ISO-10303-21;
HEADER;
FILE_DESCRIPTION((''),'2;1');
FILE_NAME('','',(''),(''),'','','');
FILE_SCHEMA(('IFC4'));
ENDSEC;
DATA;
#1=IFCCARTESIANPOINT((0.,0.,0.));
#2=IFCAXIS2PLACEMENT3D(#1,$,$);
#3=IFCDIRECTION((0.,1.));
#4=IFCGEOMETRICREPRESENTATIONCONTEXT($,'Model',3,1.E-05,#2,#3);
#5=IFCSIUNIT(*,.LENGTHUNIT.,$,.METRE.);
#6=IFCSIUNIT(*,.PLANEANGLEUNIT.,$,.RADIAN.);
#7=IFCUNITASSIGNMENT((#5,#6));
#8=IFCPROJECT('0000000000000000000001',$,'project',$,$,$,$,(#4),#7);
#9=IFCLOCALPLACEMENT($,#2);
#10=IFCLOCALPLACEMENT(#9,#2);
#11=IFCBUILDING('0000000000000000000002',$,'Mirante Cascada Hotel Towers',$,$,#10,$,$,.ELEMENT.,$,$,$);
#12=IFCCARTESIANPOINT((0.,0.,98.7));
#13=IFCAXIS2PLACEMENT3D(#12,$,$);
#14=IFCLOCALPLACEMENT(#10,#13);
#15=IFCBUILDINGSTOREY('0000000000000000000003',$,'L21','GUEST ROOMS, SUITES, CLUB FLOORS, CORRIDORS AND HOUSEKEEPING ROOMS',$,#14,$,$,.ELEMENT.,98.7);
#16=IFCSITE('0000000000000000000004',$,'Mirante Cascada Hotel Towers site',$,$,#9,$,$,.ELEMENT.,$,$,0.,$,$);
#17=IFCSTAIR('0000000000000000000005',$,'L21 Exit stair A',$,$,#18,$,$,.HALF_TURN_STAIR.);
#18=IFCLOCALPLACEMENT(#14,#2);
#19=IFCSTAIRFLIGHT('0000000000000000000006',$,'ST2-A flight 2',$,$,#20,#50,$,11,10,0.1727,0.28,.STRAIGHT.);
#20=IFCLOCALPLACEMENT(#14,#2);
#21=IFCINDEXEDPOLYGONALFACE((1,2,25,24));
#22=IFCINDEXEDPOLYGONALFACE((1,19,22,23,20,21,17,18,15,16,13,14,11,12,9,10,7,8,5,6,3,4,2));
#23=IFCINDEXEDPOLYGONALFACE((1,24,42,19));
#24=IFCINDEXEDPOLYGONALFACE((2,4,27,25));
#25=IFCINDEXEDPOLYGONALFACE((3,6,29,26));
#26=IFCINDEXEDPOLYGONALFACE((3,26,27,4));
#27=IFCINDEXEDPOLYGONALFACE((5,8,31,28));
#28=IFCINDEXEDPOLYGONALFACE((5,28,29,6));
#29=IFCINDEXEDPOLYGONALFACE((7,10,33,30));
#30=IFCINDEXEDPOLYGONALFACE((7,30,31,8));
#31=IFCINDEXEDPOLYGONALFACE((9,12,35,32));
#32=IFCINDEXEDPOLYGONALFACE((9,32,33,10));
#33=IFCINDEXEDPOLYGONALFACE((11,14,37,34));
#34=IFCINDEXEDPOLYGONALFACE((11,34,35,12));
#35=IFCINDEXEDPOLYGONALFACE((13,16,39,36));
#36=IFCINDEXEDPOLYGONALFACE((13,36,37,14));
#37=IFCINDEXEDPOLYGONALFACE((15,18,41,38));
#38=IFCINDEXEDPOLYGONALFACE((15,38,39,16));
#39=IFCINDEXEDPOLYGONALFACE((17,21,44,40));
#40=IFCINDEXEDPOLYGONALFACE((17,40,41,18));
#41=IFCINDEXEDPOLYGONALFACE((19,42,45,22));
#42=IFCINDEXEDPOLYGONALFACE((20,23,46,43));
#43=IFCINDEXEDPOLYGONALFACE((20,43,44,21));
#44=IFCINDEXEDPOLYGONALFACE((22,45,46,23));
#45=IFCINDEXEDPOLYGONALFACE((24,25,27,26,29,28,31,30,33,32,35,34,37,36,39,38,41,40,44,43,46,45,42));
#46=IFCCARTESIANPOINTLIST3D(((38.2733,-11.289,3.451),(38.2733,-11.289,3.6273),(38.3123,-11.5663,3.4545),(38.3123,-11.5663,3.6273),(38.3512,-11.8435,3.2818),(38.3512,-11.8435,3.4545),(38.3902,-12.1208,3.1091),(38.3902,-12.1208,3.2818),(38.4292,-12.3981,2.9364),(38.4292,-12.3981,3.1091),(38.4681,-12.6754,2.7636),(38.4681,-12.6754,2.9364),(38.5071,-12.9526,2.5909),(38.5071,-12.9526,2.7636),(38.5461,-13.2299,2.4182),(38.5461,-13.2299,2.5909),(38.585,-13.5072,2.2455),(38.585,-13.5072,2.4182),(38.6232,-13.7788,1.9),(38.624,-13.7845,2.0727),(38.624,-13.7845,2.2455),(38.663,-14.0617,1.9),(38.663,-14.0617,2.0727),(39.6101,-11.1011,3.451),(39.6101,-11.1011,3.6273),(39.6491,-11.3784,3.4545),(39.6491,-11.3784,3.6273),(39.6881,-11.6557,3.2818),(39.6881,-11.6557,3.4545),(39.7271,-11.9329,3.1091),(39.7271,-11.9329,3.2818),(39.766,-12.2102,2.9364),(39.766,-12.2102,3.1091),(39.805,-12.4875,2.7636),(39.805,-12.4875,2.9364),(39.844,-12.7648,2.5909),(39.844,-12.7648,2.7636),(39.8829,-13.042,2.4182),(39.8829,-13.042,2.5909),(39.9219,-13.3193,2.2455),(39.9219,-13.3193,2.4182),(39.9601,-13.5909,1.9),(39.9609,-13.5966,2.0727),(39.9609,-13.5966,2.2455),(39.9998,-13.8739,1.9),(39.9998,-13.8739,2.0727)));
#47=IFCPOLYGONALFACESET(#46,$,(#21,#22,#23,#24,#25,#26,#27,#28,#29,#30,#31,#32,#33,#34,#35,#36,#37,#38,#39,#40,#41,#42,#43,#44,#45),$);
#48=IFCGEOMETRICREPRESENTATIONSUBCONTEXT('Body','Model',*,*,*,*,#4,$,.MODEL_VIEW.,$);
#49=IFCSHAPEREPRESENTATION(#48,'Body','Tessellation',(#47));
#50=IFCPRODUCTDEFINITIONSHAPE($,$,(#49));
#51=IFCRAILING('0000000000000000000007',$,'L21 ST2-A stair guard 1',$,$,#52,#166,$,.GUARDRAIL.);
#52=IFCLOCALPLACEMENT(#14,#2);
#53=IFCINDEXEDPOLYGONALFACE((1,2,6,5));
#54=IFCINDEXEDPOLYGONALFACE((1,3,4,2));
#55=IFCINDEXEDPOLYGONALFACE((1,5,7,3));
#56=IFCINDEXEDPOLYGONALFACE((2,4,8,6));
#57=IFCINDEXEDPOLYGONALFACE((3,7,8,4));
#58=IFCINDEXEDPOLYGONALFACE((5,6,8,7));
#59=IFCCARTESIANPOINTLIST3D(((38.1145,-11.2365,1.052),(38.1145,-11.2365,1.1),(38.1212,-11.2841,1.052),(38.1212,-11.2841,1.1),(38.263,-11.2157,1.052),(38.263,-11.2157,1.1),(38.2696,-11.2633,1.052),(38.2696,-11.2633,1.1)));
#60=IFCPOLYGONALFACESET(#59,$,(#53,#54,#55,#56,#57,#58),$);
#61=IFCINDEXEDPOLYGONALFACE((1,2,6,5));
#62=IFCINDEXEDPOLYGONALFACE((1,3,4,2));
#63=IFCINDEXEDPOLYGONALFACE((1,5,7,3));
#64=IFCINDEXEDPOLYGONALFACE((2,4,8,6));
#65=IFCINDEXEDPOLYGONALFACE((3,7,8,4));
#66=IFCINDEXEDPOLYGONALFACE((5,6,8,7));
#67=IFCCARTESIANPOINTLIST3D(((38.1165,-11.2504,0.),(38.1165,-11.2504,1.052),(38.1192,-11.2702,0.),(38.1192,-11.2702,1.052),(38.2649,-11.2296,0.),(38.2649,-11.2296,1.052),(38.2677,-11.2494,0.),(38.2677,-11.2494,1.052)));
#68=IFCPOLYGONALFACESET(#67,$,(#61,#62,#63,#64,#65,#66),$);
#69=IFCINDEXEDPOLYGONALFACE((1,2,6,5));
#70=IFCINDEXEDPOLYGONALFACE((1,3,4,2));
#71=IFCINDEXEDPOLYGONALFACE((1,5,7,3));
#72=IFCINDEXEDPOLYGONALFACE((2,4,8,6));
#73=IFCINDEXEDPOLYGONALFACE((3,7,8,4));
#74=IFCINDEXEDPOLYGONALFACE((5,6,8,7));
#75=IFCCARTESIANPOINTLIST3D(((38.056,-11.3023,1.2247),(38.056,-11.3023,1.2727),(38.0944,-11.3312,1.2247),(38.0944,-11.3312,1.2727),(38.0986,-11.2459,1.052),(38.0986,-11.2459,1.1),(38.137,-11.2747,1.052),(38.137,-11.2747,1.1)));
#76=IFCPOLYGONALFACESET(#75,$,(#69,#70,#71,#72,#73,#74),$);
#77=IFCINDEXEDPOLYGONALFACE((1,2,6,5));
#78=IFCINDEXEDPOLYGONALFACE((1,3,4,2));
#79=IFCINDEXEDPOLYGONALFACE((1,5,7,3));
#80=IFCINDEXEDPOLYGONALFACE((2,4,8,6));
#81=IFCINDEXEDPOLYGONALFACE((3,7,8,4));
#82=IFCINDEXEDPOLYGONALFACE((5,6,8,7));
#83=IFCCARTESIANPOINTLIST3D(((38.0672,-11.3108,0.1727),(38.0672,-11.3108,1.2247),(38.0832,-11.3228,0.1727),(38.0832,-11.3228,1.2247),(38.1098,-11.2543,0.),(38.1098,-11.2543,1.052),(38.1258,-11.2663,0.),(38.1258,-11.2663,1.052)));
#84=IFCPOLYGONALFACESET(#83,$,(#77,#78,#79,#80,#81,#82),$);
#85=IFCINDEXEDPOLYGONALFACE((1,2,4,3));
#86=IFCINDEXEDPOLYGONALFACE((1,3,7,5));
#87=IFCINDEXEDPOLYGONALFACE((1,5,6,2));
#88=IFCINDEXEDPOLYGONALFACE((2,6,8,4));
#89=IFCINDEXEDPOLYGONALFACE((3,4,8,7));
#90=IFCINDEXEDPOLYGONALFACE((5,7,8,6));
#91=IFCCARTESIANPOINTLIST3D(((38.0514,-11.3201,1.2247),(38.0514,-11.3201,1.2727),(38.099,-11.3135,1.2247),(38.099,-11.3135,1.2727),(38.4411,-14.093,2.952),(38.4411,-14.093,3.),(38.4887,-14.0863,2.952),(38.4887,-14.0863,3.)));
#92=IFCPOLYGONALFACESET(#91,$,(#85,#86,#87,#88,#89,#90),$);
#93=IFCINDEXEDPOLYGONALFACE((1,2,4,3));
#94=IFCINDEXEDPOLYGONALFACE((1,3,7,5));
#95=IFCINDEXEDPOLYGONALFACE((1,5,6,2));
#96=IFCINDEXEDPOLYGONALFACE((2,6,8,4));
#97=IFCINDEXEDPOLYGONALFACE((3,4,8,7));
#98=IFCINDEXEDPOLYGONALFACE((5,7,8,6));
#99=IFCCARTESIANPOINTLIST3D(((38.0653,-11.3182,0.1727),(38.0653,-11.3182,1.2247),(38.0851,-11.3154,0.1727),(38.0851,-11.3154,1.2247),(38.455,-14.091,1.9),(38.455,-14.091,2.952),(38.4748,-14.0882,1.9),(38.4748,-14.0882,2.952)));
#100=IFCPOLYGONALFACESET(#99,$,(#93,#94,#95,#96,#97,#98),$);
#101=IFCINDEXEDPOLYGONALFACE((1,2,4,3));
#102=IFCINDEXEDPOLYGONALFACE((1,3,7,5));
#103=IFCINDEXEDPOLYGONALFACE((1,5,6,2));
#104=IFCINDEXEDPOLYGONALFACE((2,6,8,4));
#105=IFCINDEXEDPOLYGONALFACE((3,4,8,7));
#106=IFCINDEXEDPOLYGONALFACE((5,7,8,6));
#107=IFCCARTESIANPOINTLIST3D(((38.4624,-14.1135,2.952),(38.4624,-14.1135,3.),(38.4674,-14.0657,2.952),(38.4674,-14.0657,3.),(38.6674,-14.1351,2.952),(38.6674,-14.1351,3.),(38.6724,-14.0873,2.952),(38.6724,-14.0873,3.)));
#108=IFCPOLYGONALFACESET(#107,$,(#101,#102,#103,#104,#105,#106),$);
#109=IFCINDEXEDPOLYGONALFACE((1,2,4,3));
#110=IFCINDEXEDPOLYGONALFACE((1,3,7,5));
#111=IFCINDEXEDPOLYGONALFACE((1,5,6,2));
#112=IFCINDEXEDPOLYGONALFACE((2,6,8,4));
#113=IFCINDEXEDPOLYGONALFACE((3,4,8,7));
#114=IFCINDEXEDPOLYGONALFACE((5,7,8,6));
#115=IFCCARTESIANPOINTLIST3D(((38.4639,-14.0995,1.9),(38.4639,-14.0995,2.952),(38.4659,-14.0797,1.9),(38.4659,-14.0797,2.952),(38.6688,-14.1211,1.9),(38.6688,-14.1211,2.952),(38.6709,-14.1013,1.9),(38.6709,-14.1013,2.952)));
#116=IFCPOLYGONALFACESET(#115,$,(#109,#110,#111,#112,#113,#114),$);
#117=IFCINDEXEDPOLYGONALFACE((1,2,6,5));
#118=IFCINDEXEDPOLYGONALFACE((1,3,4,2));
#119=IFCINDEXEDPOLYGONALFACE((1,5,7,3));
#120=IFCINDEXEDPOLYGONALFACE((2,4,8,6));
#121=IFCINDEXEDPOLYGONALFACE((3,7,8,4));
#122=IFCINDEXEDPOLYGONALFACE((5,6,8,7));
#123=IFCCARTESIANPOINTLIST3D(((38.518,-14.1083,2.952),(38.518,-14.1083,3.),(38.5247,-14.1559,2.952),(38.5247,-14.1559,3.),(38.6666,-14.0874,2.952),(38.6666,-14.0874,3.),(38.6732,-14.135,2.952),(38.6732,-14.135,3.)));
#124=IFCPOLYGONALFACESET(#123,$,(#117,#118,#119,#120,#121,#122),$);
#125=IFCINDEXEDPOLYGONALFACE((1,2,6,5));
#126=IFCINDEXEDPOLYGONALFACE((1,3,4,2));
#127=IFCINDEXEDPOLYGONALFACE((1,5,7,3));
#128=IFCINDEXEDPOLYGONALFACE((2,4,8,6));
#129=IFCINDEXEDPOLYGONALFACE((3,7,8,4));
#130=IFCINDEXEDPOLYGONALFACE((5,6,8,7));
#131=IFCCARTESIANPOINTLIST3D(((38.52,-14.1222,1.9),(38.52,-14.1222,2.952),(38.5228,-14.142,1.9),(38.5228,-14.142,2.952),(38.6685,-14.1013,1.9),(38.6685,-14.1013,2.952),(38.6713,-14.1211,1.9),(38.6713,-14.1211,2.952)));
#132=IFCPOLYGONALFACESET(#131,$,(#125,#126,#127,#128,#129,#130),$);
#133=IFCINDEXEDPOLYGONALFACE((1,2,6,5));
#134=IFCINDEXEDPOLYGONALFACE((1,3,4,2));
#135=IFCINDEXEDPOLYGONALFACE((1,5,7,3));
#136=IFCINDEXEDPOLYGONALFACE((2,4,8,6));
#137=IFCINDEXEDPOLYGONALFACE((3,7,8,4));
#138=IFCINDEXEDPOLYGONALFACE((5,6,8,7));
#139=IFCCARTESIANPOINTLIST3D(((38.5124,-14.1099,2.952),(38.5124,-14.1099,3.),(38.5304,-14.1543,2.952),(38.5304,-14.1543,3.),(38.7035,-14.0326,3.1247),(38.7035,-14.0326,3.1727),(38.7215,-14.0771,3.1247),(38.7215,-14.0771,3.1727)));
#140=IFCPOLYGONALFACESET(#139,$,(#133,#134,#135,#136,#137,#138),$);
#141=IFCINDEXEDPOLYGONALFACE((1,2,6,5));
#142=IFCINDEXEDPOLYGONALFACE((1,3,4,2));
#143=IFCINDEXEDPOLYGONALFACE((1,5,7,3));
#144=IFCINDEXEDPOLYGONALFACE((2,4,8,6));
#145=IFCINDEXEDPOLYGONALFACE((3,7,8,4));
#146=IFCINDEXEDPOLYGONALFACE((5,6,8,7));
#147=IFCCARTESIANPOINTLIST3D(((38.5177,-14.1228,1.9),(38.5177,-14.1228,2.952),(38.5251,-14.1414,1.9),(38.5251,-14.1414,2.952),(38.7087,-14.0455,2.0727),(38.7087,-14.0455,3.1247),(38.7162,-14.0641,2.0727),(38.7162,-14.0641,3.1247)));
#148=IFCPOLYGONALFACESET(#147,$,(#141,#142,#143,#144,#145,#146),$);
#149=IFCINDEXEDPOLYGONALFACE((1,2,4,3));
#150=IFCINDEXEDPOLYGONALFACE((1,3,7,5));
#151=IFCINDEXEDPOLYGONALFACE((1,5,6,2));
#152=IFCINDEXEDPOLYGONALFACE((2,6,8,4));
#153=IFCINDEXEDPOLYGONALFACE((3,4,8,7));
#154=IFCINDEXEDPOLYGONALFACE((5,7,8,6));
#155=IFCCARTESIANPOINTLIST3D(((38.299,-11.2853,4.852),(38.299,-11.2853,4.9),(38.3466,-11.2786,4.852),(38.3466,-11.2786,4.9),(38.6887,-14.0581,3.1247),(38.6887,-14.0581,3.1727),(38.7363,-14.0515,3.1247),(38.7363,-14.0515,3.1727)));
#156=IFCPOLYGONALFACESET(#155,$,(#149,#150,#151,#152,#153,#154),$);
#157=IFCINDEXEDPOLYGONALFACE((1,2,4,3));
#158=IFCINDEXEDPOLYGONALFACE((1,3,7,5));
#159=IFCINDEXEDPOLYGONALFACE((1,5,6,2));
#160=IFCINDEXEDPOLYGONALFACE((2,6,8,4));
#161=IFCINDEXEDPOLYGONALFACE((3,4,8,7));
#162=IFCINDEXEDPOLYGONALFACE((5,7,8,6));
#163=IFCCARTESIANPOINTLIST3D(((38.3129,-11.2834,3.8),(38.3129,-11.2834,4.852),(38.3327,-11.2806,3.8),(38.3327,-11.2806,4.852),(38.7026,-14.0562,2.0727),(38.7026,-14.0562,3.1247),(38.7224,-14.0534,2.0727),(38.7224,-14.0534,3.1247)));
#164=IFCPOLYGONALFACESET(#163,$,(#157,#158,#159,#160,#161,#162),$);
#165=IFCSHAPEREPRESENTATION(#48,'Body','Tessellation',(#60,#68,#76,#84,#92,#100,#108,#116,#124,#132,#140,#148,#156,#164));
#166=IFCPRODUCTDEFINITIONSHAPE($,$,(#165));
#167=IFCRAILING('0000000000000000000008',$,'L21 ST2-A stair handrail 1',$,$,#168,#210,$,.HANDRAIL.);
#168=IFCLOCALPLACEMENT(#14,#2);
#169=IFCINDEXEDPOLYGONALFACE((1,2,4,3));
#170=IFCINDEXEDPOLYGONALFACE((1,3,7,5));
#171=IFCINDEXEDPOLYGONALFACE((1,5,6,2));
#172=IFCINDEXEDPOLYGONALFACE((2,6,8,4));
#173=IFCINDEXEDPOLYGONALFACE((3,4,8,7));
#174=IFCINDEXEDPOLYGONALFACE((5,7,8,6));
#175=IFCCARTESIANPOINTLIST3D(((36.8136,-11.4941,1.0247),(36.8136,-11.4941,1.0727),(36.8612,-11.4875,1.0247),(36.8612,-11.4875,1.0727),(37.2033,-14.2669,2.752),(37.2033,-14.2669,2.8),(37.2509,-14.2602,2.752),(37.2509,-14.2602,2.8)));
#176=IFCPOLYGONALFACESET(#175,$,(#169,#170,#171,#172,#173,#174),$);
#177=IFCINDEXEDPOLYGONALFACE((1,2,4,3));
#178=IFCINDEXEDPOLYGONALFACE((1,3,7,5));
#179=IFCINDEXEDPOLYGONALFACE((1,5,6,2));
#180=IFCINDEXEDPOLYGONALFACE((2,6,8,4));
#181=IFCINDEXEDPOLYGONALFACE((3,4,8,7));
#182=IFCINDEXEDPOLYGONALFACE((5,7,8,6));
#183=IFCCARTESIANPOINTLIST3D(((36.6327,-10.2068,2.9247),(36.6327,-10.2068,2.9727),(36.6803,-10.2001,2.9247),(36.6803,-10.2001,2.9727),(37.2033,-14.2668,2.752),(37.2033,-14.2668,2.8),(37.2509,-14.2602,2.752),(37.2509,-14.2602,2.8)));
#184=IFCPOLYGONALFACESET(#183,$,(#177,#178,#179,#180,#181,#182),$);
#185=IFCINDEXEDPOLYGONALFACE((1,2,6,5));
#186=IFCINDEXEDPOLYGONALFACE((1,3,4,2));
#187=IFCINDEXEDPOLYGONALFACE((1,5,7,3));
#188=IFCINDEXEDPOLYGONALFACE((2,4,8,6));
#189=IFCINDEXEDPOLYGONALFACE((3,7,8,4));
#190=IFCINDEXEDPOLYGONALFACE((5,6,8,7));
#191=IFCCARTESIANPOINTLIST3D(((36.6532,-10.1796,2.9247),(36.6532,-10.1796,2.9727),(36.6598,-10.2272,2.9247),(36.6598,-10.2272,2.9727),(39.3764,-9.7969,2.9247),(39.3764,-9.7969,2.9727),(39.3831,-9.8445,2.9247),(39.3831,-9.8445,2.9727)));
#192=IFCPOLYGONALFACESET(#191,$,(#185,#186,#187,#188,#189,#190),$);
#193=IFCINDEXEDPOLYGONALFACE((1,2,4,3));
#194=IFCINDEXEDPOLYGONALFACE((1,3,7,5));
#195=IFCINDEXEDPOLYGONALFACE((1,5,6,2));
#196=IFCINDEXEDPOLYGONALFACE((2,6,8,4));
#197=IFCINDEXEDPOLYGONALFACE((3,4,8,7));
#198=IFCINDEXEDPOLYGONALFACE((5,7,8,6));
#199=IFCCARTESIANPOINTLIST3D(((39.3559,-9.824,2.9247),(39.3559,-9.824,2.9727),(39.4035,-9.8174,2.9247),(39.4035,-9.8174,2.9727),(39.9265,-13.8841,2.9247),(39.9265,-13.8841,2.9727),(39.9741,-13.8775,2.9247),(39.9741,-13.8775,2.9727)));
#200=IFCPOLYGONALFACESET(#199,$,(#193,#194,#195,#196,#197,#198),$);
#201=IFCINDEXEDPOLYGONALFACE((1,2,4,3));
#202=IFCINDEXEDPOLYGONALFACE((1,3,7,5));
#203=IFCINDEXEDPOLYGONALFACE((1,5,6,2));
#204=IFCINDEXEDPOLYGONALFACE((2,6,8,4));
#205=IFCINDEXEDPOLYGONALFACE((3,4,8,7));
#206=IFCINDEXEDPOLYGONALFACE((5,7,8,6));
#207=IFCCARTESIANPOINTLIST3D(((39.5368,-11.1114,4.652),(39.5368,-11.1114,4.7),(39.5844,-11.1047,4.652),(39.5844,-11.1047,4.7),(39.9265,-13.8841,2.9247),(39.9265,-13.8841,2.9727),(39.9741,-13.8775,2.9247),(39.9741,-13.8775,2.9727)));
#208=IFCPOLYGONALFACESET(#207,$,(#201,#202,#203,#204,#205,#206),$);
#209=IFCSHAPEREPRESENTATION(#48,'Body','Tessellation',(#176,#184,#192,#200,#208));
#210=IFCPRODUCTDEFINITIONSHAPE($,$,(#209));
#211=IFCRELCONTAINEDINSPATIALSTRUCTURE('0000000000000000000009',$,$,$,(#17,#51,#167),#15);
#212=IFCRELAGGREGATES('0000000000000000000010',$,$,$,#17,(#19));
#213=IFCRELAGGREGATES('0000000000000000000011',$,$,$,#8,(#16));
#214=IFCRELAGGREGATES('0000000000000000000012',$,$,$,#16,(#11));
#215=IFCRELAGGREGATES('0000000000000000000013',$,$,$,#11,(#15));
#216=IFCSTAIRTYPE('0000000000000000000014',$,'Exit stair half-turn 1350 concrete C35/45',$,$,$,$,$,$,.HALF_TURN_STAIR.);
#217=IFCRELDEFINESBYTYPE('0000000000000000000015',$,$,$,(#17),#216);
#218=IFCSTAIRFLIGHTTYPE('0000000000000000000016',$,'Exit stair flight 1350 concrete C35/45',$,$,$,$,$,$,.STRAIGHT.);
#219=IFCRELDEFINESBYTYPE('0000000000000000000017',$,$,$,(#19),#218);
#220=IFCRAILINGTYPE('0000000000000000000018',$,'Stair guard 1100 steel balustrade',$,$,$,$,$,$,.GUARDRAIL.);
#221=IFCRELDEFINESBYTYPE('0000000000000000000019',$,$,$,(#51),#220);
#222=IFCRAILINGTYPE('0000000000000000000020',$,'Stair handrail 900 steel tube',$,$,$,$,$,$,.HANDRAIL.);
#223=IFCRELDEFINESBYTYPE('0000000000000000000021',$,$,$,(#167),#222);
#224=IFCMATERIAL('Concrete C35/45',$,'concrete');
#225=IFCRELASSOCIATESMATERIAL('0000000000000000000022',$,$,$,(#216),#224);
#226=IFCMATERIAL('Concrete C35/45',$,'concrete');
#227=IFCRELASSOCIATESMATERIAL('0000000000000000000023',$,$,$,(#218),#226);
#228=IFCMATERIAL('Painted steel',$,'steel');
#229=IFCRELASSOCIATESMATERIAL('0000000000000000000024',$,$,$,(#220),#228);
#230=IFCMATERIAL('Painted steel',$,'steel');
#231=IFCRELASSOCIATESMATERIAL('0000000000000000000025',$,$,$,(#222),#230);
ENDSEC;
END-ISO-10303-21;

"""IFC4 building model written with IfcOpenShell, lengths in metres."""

from ifc_helpers import new_model, si_unit, direction, frame, origin, origin_2d, place, context, subcontext, project, spatial, polyline, rectangle, outline, extrude, material, type_object, element, aggregate, save


model = new_model("IFC4")

# Units and contexts
model_context = context("Model", 3, precision=1e-05, world=origin(), true_north=direction((0.0, 1.0)))
body_context = subcontext(model_context, "Body", "Model", "MODEL_VIEW")
ifc_project = project(units=[si_unit("LENGTHUNIT", "METRE"), si_unit("PLANEANGLEUNIT", "RADIAN")], contexts=[model_context])

# Site, building, storey
site_placement = place(None, origin())
site = spatial("IfcSite", under=ifc_project, at=site_placement, Name="Mirante Cascada Hotel Towers site", CompositionType="ELEMENT", RefElevation=0.0)
building_placement = place(site_placement, origin())
building = spatial("IfcBuilding", under=site, at=building_placement, Name="Mirante Cascada Hotel Towers", CompositionType="ELEMENT")
storey_placement = place(building_placement, frame((0.0, 0.0, 98.7)))
storey = spatial("IfcBuildingStorey", under=building, at=storey_placement, Name="L21", Description="GUEST ROOMS, SUITES, CLUB FLOORS, CORRIDORS AND HOUSEKEEPING ROOMS", CompositionType="ELEMENT", Elevation=98.7)

# Stair, stair flight
ifc_material_1 = material(Name="Concrete C35/45", Category="concrete")
stair_type = type_object("IfcStairType", Name="Exit stair half-turn 1350 concrete C35/45", PredefinedType="HALF_TURN_STAIR", material=ifc_material_1)
stair_placement = place(storey_placement, origin())
stair = element("IfcStair", 1, at=stair_placement, inside=storey, type_object=stair_type, Name="L21 Exit stair A", PredefinedType="HALF_TURN_STAIR")
ifc_material_2 = material(Name="Concrete C35/45", Category="concrete")
stair_flight_type = type_object("IfcStairFlightType", Name="Exit stair flight 1350 concrete C35/45", PredefinedType="STRAIGHT", material=ifc_material_2)
stair_flight_1_placement = place(storey_placement, frame((39.3314, -13.9678, 1.9), z_axis=(0.0, 0.0, 1.0), x_axis=(-0.139173, 0.990268, 0.0)))
stair_flight_1 = element("IfcStairFlight", 2, at=stair_flight_1_placement, type_object=stair_flight_type, Name="ST2-A flight 2", NumberOfRisers=11, NumberOfTreads=10, PredefinedType="STRAIGHT", RiserHeight=0.1727, TreadLength=0.28, context=body_context, shape_type="SweptSolid", body=[
    extrude(outline(polyline([(0.0, 0.0), (0.0, 0.1727), (0.28, 0.1727), (0.28, 0.3455), (0.56, 0.3455), (0.56, 0.5182), (0.84, 0.5182), (0.84, 0.6909), (1.12, 0.6909), (1.12, 0.8636), (1.4, 0.8636), (1.4, 1.0364), (1.68, 1.0364), (1.68, 1.2091), (1.96, 1.2091), (1.96, 1.3818), (2.24, 1.3818), (2.24, 1.5545), (2.52, 1.5545), (2.52, 1.7273), (2.8, 1.7273), (2.8, 1.9), (2.8, 1.551), (0.2857, 0.0), (0.0, 0.0)])), frame((0.0, 0.675, 0.0), z_axis=(0.0, -1.0, 0.0), x_axis=(1.0, 0.0, 0.0)), (0.0, 0.0, 1.0), 1.35),
])
aggregate(stair, [stair_flight_1])

# Railings
ifc_material_3 = material(Name="Painted steel", Category="steel")
railing_type_1 = type_object("IfcRailingType", Name="Stair guard 1100 steel balustrade", PredefinedType="GUARDRAIL", material=ifc_material_3)
railing_1_placement = place(storey_placement, frame((38.2663, -11.2395, 0.0)))
element("IfcRailing", 3, at=railing_1_placement, inside=storey, type_object=railing_type_1, Name="L21 ST2-A stair guard 1", PredefinedType="GUARDRAIL", context=body_context, shape_type="SweptSolid", body=[
    extrude(rectangle(XDim=0.048, YDim=0.048, at=origin_2d()), frame((0.0, 0.0, 1.076), z_axis=(-0.990333, -0.138713, 0.0), x_axis=(0.138713, -0.990333, 0.0)), (0.0, 0.0, 1.0), 0.1499),
    extrude(rectangle(XDim=0.02, YDim=1.052, at=origin_2d()), frame((0.0, 0.0, 0.526), z_axis=(-0.990333, -0.138713, 0.0), x_axis=(0.138713, -0.990333, 0.0)), (0.0, 0.0, 1.0), 0.1499),
    extrude(rectangle(XDim=0.048, YDim=0.048, at=origin_2d()), frame((-0.1485, -0.0208, 1.076), z_axis=(-0.602033, -0.798471, 0.0), x_axis=(0.798471, -0.602033, 0.0)), (0.0, 0.92534, 0.379139), 0.1866),
    extrude(rectangle(XDim=0.02, YDim=1.052, at=origin_2d()), frame((-0.1485, -0.0208, 0.526), z_axis=(-0.602033, -0.798471, 0.0), x_axis=(0.798471, -0.602033, 0.0)), (0.0, 0.92534, 0.379139), 0.1866),
    extrude(rectangle(XDim=0.048, YDim=0.048, at=origin_2d()), frame((-0.1911, -0.0773, 1.2487), z_axis=(0.139176, -0.990268, 0.0), x_axis=(0.990268, 0.139176, 0.0)), (0.0, 0.525021, 0.851089), 3.29),
    extrude(rectangle(XDim=0.02, YDim=1.052, at=origin_2d()), frame((-0.1911, -0.0773, 0.6987), z_axis=(0.139176, -0.990268, 0.0), x_axis=(0.990268, 0.139176, 0.0)), (0.0, 0.525021, 0.851089), 3.29),
    extrude(rectangle(XDim=0.048, YDim=0.048, at=origin_2d()), frame((0.1986, -2.8501, 2.976), z_axis=(0.994495, -0.104786, 0.0), x_axis=(0.104786, 0.994495, 0.0)), (0.0, 0.0, 1.0), 0.2061),
    extrude(rectangle(XDim=0.02, YDim=1.052, at=origin_2d()), frame((0.1986, -2.8501, 2.426), z_axis=(0.994495, -0.104786, 0.0), x_axis=(0.104786, 0.994495, 0.0)), (0.0, 0.0, 1.0), 0.2061),
    extrude(rectangle(XDim=0.048, YDim=0.048, at=origin_2d()), frame((0.4036, -2.8717, 2.976), z_axis=(-0.990241, -0.139367, 0.0), x_axis=(0.139367, -0.990241, 0.0)), (0.0, 0.0, 1.0), 0.15),
    extrude(rectangle(XDim=0.02, YDim=1.052, at=origin_2d()), frame((0.4036, -2.8717, 2.426), z_axis=(-0.990241, -0.139367, 0.0), x_axis=(0.139367, -0.990241, 0.0)), (0.0, 0.0, 1.0), 0.15),
    extrude(rectangle(XDim=0.048, YDim=0.048, at=origin_2d()), frame((0.2551, -2.8926, 2.976), z_axis=(0.927031, 0.374984, 0.0), x_axis=(-0.374984, 0.927031, 0.0)), (0.0, 0.64219, 0.766545), 0.2689),
    extrude(rectangle(XDim=0.02, YDim=1.052, at=origin_2d()), frame((0.2551, -2.8926, 2.426), z_axis=(0.927031, 0.374984, 0.0), x_axis=(-0.374984, 0.927031, 0.0)), (0.0, 0.64219, 0.766545), 0.2689),
    extrude(rectangle(XDim=0.048, YDim=0.048, at=origin_2d()), frame((0.4462, -2.8153, 3.1487), z_axis=(-0.139176, 0.990268, 0.0), x_axis=(-0.990268, -0.139176, 0.0)), (0.0, 0.525021, 0.851089), 3.29),
    extrude(rectangle(XDim=0.02, YDim=1.052, at=origin_2d()), frame((0.4462, -2.8153, 2.5987), z_axis=(-0.139176, 0.990268, 0.0), x_axis=(-0.990268, -0.139176, 0.0)), (0.0, 0.525021, 0.851089), 3.29),
])
ifc_material_4 = material(Name="Painted steel", Category="steel")
railing_type_2 = type_object("IfcRailingType", Name="Stair handrail 900 steel tube", PredefinedType="HANDRAIL", material=ifc_material_4)
railing_2_placement = place(storey_placement, frame((36.8374, -11.4908, 0.1727)))
element("IfcRailing", 4, at=railing_2_placement, inside=storey, type_object=railing_type_2, Name="L21 ST2-A stair handrail 1", PredefinedType="HANDRAIL", context=body_context, shape_type="SweptSolid", body=[
    extrude(rectangle(XDim=0.048, YDim=0.048, at=origin_2d()), frame((0.0, 0.0, 0.876), z_axis=(0.139181, -0.990267, 0.0), x_axis=(0.990267, 0.139181, 0.0)), (0.0, 0.525035, 0.851081), 3.2899),
    extrude(rectangle(XDim=0.048, YDim=0.048, at=origin_2d()), frame((0.3897, -2.7727, 2.6033), z_axis=(-0.139171, 0.990268, 0.0), x_axis=(-0.990268, -0.139171, 0.0)), (0.0, 0.042085, 0.999114), 4.1036),
    extrude(rectangle(XDim=0.048, YDim=0.048, at=origin_2d()), frame((-0.1809, 1.2874, 2.776), z_axis=(0.990269, 0.139166, 0.0), x_axis=(-0.139166, 0.990269, 0.0)), (0.0, 0.0, 1.0), 2.75),
    extrude(rectangle(XDim=0.048, YDim=0.048, at=origin_2d()), frame((2.5423, 1.6701, 2.776), z_axis=(0.139171, -0.990268, 0.0), x_axis=(0.990268, 0.139171, 0.0)), (0.0, 0.0, 1.0), 4.1),
    extrude(rectangle(XDim=0.048, YDim=0.048, at=origin_2d()), frame((3.1129, -2.39, 2.776), z_axis=(-0.139181, 0.990267, 0.0), x_axis=(-0.990267, -0.139181, 0.0)), (0.0, 0.525035, 0.851081), 3.2899),
])

save(model, "model.ifc")
